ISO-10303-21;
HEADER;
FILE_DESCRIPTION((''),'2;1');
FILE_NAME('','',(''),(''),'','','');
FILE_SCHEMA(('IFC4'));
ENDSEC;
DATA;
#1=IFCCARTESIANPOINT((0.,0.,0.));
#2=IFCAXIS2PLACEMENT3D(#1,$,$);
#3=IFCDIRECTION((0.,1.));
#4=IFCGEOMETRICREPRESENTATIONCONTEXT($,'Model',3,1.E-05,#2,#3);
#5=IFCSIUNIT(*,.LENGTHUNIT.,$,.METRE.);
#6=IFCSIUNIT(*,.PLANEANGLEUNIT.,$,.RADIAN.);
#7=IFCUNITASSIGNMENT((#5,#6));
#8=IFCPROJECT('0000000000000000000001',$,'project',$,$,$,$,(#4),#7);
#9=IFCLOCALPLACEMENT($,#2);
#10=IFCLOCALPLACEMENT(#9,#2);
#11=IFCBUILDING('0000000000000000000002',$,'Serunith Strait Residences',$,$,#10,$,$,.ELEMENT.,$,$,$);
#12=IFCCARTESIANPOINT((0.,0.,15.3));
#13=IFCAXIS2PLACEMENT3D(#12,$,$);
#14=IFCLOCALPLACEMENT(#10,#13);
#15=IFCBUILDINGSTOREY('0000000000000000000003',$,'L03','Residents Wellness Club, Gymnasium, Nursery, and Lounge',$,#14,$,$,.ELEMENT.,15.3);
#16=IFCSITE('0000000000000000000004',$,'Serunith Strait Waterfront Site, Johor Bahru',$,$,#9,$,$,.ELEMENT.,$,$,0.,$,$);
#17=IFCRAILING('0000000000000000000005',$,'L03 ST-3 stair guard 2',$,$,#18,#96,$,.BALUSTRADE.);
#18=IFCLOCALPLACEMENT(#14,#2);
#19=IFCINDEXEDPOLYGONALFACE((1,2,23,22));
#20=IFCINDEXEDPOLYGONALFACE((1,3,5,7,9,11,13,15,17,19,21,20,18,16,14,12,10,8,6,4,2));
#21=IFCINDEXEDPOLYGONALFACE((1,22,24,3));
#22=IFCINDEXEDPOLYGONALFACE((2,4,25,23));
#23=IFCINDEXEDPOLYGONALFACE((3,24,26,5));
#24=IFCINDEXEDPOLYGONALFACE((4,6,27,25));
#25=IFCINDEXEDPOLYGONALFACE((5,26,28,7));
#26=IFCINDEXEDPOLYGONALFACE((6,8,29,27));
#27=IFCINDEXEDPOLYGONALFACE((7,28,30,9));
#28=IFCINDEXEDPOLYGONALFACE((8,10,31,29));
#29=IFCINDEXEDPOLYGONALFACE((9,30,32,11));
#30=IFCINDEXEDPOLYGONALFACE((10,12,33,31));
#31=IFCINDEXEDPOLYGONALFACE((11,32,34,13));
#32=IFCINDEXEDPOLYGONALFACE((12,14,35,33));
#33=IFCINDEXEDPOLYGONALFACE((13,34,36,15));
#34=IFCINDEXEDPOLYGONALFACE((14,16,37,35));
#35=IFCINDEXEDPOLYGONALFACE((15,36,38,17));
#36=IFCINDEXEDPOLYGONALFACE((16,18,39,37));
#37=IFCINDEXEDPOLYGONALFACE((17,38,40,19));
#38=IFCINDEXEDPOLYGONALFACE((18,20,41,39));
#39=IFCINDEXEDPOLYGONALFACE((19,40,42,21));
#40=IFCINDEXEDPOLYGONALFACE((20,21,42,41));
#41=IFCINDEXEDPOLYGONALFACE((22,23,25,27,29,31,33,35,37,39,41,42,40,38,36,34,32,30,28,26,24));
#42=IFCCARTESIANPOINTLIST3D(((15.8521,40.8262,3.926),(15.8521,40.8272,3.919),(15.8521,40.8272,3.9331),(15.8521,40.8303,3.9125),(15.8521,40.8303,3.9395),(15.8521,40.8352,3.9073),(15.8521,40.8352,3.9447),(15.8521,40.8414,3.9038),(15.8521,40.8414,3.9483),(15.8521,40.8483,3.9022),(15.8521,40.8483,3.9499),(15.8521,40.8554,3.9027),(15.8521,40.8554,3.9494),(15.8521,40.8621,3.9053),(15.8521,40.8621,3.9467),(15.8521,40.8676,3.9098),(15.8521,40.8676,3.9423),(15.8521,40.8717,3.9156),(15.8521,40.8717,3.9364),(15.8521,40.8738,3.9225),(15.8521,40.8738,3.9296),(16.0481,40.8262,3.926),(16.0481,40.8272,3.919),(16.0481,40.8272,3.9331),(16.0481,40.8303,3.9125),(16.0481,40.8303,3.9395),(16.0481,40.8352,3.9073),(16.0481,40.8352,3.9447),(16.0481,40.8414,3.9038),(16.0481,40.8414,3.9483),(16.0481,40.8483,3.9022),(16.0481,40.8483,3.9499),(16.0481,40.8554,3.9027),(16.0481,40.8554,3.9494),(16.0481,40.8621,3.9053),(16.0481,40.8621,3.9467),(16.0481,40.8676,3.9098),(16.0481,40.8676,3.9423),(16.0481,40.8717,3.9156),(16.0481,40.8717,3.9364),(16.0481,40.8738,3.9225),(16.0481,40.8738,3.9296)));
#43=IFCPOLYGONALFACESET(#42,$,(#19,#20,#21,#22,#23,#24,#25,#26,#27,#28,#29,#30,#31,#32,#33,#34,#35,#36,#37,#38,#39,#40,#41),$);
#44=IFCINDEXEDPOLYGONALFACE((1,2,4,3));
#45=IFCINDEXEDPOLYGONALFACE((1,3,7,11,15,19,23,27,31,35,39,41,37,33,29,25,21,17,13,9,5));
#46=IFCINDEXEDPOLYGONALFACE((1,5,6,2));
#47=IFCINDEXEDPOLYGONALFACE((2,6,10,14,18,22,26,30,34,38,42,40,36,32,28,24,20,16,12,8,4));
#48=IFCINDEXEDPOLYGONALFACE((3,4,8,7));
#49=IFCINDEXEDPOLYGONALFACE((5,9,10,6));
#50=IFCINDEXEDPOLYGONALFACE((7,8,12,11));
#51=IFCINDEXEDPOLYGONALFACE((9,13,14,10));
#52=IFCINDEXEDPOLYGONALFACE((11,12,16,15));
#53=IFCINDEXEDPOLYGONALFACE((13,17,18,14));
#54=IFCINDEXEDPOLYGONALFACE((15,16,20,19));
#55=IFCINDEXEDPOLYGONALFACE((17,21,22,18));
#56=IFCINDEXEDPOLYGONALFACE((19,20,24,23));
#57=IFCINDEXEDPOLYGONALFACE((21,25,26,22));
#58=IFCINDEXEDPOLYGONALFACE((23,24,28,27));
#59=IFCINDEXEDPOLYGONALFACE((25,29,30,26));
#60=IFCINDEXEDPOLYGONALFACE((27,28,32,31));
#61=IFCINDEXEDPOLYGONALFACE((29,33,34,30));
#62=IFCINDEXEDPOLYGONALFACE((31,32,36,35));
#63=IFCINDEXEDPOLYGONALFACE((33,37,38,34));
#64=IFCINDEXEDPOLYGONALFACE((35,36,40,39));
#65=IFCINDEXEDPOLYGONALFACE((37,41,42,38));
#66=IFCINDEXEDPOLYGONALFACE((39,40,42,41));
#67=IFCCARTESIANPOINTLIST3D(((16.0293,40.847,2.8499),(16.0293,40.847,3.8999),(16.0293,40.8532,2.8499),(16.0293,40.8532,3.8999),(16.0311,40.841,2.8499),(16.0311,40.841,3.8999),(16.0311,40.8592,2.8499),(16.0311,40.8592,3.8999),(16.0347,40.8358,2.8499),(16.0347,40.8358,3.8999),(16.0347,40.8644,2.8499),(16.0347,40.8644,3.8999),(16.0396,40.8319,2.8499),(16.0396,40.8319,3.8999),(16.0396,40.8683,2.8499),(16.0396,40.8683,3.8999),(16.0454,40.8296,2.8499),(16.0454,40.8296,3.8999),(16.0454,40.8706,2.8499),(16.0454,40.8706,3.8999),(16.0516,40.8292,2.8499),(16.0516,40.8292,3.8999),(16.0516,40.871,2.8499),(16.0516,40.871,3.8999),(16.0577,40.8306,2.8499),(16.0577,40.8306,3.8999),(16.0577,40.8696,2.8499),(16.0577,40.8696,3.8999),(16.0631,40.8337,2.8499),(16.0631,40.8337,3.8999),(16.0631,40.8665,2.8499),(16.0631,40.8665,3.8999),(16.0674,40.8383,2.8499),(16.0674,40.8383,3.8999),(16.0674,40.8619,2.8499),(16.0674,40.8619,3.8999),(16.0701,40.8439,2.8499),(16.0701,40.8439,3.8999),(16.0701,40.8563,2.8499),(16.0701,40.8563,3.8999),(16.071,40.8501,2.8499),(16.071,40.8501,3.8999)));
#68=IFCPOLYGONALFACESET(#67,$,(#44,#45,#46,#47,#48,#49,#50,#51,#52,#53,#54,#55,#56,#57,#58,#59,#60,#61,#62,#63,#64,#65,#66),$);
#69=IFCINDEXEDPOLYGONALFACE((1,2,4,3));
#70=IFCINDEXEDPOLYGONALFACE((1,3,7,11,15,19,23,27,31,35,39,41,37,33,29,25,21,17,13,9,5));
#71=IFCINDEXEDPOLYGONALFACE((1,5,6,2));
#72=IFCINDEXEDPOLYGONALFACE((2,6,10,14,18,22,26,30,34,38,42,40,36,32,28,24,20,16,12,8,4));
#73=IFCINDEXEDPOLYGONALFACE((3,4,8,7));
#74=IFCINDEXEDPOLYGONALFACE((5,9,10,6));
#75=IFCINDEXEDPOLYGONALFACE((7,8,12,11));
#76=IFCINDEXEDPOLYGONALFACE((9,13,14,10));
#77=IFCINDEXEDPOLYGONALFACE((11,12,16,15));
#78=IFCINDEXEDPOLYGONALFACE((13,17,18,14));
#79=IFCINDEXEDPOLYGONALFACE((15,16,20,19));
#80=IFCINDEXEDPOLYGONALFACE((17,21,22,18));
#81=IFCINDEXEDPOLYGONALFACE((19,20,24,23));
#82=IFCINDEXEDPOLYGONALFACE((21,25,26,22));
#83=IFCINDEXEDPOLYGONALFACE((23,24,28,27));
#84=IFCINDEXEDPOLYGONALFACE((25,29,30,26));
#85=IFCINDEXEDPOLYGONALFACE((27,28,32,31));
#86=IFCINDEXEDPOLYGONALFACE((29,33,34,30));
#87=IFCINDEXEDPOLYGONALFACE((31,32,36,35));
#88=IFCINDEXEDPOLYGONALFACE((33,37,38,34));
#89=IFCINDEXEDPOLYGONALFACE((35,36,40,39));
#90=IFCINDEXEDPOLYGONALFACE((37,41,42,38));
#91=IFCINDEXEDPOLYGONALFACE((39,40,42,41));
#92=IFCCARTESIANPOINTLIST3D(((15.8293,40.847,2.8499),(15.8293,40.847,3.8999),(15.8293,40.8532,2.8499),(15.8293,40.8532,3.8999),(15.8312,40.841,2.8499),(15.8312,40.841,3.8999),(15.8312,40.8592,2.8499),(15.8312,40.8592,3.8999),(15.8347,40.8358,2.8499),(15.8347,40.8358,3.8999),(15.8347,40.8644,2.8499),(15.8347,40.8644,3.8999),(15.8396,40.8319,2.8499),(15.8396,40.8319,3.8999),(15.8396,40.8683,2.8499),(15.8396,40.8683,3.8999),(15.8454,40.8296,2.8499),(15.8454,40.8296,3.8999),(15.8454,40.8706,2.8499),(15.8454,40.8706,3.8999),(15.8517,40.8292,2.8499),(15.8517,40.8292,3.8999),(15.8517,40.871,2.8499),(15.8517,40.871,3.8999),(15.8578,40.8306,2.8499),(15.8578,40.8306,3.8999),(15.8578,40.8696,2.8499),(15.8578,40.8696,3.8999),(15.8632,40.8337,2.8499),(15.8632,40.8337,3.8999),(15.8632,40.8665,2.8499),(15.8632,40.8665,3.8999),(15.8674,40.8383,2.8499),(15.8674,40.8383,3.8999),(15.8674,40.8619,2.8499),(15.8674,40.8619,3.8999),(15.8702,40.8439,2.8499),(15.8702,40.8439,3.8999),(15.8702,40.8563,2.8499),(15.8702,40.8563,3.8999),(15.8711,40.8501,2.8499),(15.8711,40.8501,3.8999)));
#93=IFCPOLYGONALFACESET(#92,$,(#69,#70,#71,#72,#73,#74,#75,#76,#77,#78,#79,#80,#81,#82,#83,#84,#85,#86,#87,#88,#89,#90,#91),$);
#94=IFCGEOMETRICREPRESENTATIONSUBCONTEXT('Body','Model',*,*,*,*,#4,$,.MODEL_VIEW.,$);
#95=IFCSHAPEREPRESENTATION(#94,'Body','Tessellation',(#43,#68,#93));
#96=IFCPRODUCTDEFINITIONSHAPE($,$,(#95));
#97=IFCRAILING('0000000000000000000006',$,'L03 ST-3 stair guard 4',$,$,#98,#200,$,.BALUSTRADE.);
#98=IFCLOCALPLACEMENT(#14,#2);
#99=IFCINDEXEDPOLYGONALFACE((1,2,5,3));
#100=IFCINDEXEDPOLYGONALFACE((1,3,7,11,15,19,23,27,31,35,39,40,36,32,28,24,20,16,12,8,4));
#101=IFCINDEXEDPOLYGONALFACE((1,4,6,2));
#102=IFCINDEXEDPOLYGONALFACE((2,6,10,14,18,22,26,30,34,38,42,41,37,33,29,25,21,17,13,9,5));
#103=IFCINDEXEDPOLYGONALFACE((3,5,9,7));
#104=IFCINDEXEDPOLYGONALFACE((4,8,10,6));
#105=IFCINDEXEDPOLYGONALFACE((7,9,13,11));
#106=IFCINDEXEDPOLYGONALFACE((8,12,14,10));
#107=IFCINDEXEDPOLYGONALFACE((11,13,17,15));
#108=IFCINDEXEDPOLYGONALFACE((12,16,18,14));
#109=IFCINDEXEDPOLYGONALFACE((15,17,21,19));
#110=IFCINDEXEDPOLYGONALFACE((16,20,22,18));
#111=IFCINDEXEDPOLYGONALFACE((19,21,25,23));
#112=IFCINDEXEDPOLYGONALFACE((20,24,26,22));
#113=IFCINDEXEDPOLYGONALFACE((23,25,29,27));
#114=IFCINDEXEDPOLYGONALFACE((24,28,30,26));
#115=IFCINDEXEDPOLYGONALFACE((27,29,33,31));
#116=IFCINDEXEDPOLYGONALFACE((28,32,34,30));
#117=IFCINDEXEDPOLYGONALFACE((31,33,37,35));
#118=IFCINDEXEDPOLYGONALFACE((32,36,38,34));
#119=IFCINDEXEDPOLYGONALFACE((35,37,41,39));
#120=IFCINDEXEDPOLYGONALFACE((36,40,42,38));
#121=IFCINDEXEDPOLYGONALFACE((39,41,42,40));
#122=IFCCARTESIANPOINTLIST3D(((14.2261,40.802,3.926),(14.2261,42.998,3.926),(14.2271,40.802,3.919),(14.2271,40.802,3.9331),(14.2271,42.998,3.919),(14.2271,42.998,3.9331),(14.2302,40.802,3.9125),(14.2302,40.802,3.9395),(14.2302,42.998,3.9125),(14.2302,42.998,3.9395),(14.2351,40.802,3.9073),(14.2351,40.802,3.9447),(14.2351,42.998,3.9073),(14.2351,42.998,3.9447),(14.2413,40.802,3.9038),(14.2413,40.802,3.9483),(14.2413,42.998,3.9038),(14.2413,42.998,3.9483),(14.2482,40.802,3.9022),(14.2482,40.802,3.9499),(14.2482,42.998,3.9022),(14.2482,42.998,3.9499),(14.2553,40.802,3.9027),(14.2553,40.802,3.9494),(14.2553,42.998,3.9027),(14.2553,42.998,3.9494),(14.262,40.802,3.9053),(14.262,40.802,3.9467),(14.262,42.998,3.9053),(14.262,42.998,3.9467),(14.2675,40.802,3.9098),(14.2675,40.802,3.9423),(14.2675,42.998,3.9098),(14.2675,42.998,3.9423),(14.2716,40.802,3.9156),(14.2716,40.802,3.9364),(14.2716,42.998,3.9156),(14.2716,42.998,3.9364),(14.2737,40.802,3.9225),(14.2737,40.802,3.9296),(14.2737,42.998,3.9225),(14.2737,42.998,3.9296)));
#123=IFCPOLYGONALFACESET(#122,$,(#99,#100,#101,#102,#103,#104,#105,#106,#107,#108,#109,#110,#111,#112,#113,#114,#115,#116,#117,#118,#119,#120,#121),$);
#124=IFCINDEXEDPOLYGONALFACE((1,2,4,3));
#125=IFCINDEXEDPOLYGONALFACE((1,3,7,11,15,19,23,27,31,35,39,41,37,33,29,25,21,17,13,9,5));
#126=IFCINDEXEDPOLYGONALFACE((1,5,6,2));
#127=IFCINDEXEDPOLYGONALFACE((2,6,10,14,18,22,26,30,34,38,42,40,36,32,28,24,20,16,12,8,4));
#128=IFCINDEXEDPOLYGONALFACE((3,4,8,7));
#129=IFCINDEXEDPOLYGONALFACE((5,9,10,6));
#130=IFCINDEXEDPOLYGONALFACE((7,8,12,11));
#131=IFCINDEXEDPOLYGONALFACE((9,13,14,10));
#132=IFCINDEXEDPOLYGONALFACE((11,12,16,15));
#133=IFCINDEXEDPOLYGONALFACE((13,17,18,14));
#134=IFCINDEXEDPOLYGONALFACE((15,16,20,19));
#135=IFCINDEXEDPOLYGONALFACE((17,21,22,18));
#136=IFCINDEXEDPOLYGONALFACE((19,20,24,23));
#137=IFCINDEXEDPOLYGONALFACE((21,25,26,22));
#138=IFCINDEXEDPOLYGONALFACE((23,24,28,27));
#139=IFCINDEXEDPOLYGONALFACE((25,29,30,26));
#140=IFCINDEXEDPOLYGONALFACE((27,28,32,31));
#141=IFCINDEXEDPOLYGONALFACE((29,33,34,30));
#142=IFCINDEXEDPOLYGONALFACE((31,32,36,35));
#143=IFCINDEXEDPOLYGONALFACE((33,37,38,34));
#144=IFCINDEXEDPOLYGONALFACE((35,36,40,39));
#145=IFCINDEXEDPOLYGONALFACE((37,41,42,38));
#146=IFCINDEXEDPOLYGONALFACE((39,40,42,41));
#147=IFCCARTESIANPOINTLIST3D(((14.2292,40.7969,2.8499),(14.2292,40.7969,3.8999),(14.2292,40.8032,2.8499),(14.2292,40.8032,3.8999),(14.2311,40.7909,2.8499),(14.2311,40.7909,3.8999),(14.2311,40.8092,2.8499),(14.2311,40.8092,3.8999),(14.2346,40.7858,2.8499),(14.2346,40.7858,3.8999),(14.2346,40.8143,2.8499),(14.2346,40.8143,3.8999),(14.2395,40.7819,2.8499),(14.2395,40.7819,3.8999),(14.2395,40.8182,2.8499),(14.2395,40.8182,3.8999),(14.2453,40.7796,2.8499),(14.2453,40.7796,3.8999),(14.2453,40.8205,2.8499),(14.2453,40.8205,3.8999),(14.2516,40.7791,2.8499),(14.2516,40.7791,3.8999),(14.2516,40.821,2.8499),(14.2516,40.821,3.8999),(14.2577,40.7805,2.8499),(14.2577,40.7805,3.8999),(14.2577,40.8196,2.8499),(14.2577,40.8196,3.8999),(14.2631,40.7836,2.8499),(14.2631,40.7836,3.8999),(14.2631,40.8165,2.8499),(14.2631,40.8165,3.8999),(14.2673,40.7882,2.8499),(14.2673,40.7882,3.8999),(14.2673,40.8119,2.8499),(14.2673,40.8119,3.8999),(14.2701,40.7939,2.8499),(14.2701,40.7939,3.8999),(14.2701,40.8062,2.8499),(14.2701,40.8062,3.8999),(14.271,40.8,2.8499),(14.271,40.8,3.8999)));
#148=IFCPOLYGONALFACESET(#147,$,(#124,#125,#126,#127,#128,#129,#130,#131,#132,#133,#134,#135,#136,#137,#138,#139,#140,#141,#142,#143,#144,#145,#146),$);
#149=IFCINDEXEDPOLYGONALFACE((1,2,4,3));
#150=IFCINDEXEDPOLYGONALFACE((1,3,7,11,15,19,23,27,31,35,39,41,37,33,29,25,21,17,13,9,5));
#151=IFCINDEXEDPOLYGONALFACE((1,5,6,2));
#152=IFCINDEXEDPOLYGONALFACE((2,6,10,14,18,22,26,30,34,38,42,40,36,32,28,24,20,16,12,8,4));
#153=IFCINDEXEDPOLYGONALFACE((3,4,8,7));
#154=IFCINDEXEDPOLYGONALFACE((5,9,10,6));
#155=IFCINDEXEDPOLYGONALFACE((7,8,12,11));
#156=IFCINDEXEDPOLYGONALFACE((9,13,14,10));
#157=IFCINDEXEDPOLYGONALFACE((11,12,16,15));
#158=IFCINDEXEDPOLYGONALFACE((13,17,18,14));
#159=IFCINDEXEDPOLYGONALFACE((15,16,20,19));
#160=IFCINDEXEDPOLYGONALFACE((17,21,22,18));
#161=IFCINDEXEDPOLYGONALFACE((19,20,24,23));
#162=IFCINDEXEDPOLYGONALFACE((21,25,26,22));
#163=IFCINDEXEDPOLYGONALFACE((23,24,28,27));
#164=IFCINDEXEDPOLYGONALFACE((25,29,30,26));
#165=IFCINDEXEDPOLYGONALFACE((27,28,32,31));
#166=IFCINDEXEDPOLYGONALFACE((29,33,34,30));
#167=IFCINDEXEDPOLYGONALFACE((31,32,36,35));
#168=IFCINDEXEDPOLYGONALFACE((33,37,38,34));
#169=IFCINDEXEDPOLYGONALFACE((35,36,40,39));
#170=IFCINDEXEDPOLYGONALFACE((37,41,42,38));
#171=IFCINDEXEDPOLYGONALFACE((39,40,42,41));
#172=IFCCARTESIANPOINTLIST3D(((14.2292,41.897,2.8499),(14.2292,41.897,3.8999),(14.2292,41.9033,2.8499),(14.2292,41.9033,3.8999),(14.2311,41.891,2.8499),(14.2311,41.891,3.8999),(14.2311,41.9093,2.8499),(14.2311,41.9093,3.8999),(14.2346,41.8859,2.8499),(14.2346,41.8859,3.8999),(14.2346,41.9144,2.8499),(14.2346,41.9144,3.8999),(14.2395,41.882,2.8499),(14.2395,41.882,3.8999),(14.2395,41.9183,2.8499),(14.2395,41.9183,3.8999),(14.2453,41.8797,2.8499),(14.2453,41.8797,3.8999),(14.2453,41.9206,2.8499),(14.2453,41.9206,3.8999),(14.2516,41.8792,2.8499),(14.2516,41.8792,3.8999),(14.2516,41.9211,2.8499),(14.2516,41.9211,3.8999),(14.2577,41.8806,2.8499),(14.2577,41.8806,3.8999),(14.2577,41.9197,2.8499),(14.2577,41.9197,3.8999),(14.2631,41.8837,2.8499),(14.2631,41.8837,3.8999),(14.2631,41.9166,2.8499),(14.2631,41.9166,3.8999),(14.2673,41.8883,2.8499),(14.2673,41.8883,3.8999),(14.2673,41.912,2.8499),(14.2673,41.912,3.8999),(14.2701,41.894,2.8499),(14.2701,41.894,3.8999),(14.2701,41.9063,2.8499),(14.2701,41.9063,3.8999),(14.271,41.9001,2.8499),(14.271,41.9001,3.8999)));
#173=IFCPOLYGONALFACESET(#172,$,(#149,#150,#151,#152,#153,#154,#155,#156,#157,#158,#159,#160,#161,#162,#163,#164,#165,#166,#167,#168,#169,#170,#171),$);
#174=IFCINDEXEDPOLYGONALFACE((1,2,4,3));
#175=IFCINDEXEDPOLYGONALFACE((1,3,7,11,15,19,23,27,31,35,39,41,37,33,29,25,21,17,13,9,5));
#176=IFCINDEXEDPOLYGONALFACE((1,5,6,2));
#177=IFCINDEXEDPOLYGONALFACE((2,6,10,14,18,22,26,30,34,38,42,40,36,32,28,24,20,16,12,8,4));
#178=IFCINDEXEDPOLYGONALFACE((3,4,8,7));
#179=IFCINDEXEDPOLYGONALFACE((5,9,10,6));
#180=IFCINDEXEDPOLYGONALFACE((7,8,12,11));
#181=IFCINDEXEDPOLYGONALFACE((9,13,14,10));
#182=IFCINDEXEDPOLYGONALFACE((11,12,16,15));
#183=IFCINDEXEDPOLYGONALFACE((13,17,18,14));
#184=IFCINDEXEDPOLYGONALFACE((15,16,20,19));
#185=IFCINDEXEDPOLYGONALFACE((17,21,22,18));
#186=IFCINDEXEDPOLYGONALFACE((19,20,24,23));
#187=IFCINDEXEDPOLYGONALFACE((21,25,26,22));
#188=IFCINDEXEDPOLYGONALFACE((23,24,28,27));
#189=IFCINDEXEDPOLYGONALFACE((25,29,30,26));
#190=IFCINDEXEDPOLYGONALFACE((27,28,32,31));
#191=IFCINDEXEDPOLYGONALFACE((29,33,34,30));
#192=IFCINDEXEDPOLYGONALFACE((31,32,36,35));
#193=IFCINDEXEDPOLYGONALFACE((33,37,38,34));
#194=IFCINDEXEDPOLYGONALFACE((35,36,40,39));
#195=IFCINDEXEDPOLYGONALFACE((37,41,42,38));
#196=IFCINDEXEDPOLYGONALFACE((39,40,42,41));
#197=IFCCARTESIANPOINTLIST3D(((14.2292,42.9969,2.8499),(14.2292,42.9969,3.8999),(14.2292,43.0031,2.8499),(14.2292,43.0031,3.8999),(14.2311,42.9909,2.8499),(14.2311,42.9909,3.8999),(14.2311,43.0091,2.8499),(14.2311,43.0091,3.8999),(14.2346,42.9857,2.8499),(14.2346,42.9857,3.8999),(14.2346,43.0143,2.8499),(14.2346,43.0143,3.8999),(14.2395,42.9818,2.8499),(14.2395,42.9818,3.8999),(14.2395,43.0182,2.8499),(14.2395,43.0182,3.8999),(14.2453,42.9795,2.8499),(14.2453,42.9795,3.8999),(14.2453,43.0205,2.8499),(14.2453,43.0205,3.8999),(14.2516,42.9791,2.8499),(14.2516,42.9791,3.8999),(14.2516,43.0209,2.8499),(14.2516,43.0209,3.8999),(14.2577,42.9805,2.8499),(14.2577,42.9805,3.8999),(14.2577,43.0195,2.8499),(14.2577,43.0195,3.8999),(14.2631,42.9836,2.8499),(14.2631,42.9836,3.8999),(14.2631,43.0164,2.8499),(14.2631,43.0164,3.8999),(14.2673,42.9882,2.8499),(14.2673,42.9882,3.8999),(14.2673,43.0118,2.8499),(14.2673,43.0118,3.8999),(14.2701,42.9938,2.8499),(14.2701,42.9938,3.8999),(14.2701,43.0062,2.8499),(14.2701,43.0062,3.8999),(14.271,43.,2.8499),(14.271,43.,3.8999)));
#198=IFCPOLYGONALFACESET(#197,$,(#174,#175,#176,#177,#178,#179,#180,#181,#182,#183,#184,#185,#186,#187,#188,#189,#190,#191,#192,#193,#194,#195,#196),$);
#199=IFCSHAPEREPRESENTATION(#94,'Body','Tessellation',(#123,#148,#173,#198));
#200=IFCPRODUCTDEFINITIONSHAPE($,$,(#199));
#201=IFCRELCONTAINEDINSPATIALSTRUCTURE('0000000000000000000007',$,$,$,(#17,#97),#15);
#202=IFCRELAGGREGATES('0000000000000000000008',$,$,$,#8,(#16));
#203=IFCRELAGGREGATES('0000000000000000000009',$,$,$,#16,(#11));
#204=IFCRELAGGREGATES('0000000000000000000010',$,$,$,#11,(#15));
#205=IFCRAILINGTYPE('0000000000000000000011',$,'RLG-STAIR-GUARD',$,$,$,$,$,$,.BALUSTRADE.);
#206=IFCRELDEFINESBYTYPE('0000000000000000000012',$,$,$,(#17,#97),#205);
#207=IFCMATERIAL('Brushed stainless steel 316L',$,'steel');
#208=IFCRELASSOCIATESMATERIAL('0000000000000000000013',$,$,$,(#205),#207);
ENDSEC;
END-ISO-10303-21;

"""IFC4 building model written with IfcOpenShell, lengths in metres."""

from ifc_helpers import new_model, si_unit, direction, frame, origin, origin_2d, place, context, subcontext, project, spatial, circle, extrude, material, type_object, element, save


model = new_model("IFC4")

# Units and contexts
model_context = context("Model", 3, precision=1e-05, world=origin(), true_north=direction((0.0, 1.0)))
body_context = subcontext(model_context, "Body", "Model", "MODEL_VIEW")
ifc_project = project(units=[si_unit("LENGTHUNIT", "METRE"), si_unit("PLANEANGLEUNIT", "RADIAN")], contexts=[model_context])

# Site, building, storey
site_placement = place(None, origin())
site = spatial("IfcSite", under=ifc_project, at=site_placement, Name="Serunith Strait Waterfront Site, Johor Bahru", CompositionType="ELEMENT", RefElevation=0.0)
building_placement = place(site_placement, origin())
building = spatial("IfcBuilding", under=site, at=building_placement, Name="Serunith Strait Residences", CompositionType="ELEMENT")
storey_placement = place(building_placement, frame((0.0, 0.0, 15.3)))
storey = spatial("IfcBuildingStorey", under=building, at=storey_placement, Name="L03", Description="Residents Wellness Club, Gymnasium, Nursery, and Lounge", CompositionType="ELEMENT", Elevation=15.3)

# Railings
ifc_material_1 = material(Name="Brushed stainless steel 316L", Category="steel")
railing_type_1 = type_object("IfcRailingType", Name="RLG-STAIR-GUARD", PredefinedType="BALUSTRADE", material=ifc_material_1)
railing_1_placement = place(storey_placement, frame((16.05, 40.8501, 2.8499)))
element("IfcRailing", 1, at=railing_1_placement, inside=storey, type_object=railing_type_1, Name="L03 ST-3 stair guard 2", PredefinedType="BALUSTRADE", context=body_context, shape_type="SweptSolid", body=[
    extrude(circle(Radius=0.0239, at=origin_2d()), frame((-0.002, 0.0, 1.0762), z_axis=(-1.0, 0.0, 0.0), x_axis=(0.0, -1.0, 0.0)), (0.0, 0.0, 1.0), 0.196),
    extrude(circle(Radius=0.021, at=origin_2d()), origin(), (0.0, 0.0, 1.0), 1.05),
    extrude(circle(Radius=0.021, at=origin_2d()), frame((-0.2, 0.0, 0.0)), (0.0, 0.0, 1.0), 1.05),
])
railing_2_placement = place(storey_placement, frame((14.25, 40.8, 2.8499)))
element("IfcRailing", 2, at=railing_2_placement, inside=storey, type_object=railing_type_1, Name="L03 ST-3 stair guard 4", PredefinedType="BALUSTRADE", context=body_context, shape_type="SweptSolid", body=[
    extrude(circle(Radius=0.0239, at=origin_2d()), frame((0.0, 0.002, 1.0762), z_axis=(0.0, 1.0, 0.0), x_axis=(-1.0, 0.0, 0.0)), (0.0, 0.0, 1.0), 2.196),
    extrude(circle(Radius=0.021, at=origin_2d()), origin(), (0.0, 0.0, 1.0), 1.05),
    extrude(circle(Radius=0.021, at=origin_2d()), frame((0.0, 1.1001, 0.0)), (0.0, 0.0, 1.0), 1.05),
    extrude(circle(Radius=0.021, at=origin_2d()), frame((0.0, 2.2, 0.0)), (0.0, 0.0, 1.0), 1.05),
])

save(model, "model.ifc")
